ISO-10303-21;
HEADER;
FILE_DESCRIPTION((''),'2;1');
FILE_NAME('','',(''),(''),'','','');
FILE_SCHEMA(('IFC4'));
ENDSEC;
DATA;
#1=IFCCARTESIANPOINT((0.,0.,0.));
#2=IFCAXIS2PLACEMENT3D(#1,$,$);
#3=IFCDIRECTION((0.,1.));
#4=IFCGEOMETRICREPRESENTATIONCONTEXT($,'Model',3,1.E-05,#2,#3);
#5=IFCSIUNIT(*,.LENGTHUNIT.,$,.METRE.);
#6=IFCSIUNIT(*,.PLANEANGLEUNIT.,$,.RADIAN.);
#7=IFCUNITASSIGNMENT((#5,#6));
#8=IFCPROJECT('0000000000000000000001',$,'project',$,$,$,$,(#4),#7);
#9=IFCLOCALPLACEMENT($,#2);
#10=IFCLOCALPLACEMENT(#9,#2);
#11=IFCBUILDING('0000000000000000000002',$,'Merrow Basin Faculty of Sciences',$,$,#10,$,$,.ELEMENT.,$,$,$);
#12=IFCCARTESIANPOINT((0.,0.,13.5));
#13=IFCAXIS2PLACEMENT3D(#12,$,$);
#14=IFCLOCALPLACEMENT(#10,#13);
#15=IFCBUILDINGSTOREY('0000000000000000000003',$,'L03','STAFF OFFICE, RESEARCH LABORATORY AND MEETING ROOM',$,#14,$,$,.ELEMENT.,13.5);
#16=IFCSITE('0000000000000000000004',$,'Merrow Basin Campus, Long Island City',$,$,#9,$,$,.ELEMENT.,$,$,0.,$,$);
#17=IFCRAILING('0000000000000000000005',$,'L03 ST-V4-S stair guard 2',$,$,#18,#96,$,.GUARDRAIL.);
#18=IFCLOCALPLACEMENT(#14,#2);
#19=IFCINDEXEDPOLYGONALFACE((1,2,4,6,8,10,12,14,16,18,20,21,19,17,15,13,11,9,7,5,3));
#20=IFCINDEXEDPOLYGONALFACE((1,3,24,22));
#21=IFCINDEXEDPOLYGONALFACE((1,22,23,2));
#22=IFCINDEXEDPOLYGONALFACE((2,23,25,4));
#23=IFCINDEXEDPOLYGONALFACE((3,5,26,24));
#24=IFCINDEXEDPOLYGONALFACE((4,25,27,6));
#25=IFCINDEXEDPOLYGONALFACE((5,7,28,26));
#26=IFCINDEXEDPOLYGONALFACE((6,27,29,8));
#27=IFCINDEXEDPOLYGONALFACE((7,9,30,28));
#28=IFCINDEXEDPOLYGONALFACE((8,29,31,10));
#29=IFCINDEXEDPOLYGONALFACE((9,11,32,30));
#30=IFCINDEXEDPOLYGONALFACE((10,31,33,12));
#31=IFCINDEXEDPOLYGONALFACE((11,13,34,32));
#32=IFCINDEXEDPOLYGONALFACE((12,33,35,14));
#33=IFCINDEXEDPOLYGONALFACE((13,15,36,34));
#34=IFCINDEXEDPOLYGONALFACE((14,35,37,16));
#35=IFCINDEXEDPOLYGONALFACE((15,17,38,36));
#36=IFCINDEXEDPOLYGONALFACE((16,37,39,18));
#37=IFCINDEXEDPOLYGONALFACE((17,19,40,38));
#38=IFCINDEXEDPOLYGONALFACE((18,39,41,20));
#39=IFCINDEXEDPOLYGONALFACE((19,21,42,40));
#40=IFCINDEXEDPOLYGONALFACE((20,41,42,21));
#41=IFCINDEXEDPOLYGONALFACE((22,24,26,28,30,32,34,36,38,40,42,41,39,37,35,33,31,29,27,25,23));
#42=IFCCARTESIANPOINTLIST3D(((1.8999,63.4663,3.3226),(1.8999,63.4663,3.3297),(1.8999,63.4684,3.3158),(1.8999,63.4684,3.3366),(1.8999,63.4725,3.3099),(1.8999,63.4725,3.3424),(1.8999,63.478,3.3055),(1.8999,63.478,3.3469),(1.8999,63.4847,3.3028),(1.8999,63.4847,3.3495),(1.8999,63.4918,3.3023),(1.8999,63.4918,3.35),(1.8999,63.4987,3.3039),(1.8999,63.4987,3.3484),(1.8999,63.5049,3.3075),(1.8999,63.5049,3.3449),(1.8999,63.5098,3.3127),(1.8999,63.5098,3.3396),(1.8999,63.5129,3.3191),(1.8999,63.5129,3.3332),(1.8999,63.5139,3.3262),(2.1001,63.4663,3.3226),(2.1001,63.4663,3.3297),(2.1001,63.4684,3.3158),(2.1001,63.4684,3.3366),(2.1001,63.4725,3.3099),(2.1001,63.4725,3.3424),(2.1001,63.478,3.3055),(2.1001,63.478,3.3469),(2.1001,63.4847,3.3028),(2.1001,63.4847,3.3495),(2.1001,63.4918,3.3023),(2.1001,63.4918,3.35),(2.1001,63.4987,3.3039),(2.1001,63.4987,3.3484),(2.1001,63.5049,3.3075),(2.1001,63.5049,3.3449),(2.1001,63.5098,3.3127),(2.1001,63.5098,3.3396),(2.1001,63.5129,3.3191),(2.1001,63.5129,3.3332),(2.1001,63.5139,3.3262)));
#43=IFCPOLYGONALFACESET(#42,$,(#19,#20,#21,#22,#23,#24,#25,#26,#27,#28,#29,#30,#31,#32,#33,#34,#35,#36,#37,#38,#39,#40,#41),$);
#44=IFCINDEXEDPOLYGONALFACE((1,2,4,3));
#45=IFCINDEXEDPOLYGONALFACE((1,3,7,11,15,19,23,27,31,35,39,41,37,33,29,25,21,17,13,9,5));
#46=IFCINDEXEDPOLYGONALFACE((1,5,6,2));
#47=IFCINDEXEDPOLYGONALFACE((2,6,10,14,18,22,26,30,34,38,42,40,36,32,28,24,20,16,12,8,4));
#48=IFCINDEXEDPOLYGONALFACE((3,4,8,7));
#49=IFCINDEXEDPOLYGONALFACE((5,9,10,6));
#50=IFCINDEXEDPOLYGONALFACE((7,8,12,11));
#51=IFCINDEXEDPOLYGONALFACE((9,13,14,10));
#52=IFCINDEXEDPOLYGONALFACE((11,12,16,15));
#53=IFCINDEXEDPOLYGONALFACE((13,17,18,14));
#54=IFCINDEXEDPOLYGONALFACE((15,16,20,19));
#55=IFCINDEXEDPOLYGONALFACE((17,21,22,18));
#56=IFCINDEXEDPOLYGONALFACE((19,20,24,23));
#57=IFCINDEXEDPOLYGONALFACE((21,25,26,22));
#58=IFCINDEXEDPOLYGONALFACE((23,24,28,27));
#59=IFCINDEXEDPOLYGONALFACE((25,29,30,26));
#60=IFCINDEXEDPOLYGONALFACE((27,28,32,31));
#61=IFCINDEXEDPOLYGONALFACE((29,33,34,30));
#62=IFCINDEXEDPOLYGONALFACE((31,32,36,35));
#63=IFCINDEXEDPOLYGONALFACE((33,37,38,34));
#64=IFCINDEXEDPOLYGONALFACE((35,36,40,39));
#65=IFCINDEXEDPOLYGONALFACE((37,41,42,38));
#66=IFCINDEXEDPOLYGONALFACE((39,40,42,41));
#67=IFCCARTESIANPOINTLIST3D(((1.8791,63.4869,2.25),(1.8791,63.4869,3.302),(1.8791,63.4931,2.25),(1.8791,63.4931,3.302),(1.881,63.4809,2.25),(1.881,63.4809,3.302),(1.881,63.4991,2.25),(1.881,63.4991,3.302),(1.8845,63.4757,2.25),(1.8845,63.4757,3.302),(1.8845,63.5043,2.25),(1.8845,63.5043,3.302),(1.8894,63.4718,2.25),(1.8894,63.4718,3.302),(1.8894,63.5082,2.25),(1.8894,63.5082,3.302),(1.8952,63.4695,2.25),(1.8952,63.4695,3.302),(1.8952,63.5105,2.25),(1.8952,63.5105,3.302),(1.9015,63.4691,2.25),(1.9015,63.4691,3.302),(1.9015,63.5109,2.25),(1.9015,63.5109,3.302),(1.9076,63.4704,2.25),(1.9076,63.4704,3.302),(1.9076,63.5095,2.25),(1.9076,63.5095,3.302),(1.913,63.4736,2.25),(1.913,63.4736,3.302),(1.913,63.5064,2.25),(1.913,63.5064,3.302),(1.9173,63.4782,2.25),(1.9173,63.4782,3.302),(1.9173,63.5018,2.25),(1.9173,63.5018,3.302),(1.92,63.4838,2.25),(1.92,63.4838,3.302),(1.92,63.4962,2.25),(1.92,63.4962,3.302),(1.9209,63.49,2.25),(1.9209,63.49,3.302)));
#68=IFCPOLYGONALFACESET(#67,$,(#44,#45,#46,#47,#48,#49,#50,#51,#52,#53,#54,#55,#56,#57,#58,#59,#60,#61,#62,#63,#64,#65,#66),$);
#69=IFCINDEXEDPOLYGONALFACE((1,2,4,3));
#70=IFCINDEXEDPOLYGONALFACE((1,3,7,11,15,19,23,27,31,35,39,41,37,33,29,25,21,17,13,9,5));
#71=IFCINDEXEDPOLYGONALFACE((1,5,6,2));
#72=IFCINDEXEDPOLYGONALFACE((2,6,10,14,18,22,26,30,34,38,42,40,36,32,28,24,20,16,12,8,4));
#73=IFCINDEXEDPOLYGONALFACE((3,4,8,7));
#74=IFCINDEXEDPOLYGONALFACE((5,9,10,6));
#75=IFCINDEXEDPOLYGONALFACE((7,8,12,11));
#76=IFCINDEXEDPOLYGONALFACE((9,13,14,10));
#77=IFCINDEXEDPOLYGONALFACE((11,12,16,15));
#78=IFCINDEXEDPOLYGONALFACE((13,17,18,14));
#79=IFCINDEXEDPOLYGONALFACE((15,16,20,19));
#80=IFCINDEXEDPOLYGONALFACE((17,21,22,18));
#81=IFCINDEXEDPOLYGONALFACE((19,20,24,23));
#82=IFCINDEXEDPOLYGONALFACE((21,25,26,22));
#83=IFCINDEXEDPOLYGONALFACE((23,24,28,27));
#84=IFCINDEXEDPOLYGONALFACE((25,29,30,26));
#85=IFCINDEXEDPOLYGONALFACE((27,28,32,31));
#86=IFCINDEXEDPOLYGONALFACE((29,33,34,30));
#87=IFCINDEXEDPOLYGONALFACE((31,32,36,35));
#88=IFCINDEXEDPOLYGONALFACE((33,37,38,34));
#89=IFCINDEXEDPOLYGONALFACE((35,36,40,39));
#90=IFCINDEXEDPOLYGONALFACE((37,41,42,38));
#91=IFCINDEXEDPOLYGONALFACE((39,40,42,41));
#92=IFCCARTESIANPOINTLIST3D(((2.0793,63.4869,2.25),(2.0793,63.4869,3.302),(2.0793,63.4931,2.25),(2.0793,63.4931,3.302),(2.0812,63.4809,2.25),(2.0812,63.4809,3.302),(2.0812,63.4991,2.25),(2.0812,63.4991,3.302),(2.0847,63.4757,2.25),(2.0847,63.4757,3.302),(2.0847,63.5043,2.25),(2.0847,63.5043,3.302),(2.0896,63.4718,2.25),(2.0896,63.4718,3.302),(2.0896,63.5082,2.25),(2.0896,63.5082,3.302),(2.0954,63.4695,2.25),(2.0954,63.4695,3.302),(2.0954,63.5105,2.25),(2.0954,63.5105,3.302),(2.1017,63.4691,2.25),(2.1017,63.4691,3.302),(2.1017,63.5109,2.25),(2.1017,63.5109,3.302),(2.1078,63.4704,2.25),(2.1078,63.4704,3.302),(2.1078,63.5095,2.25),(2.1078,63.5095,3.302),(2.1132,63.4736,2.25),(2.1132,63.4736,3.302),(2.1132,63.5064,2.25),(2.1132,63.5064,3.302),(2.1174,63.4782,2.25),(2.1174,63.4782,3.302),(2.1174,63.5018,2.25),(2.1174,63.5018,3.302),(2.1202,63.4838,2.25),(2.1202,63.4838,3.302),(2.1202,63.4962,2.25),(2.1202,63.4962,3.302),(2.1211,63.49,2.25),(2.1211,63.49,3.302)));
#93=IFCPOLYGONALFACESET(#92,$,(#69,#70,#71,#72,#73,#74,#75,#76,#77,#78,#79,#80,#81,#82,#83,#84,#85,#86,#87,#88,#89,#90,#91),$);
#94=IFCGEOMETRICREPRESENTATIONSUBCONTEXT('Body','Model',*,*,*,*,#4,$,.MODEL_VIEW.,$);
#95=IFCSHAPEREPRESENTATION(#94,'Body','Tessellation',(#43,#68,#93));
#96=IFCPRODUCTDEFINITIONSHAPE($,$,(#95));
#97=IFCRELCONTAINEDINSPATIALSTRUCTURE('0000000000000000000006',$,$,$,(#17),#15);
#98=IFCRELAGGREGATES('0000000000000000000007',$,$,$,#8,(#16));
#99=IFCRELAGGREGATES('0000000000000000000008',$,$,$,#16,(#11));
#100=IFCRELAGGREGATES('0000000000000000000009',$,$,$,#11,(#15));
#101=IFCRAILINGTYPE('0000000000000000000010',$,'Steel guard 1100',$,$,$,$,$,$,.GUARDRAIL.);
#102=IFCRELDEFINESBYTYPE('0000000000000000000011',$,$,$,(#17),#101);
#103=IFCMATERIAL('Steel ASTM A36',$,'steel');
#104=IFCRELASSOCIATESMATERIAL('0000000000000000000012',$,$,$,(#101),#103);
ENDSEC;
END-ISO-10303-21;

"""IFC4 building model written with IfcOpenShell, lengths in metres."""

from ifc_helpers import new_model, si_unit, direction, frame, origin, origin_2d, place, context, subcontext, project, spatial, circle, extrude, material, type_object, element, save


model = new_model("IFC4")

# Units and contexts
model_context = context("Model", 3, precision=1e-05, world=origin(), true_north=direction((0.0, 1.0)))
body_context = subcontext(model_context, "Body", "Model", "MODEL_VIEW")
ifc_project = project(units=[si_unit("LENGTHUNIT", "METRE"), si_unit("PLANEANGLEUNIT", "RADIAN")], contexts=[model_context])

# Site, building, storey
site_placement = place(None, origin())
site = spatial("IfcSite", under=ifc_project, at=site_placement, Name="Merrow Basin Campus, Long Island City", CompositionType="ELEMENT", RefElevation=0.0)
building_placement = place(site_placement, origin())
building = spatial("IfcBuilding", under=site, at=building_placement, Name="Merrow Basin Faculty of Sciences", CompositionType="ELEMENT")
storey_placement = place(building_placement, frame((0.0, 0.0, 13.5)))
storey = spatial("IfcBuildingStorey", under=building, at=storey_placement, Name="L03", Description="STAFF OFFICE, RESEARCH LABORATORY AND MEETING ROOM", CompositionType="ELEMENT", Elevation=13.5)

# Railing
ifc_material_1 = material(Name="Steel ASTM A36", Category="steel")
railing_type = type_object("IfcRailingType", Name="Steel guard 1100", PredefinedType="GUARDRAIL", material=ifc_material_1)
railing_1_placement = place(storey_placement, frame((1.8999, 63.49, 2.25)))
element("IfcRailing", 1, at=railing_1_placement, inside=storey, type_object=railing_type, Name="L03 ST-V4-S stair guard 2", PredefinedType="GUARDRAIL", context=body_context, shape_type="SweptSolid", body=[
    extrude(circle(Radius=0.0239, at=origin_2d()), frame((0.0, 0.0, 1.0762), z_axis=(1.0, 0.0, 0.0), x_axis=(0.0, 1.0, 0.0)), (0.0, 0.0, 1.0), 0.2002),
    extrude(circle(Radius=0.021, at=origin_2d()), origin(), (0.0, 0.0, 1.0), 1.052),
    extrude(circle(Radius=0.021, at=origin_2d()), frame((0.2002, 0.0, 0.0)), (0.0, 0.0, 1.0), 1.052),
])

save(model, "model.ifc")
